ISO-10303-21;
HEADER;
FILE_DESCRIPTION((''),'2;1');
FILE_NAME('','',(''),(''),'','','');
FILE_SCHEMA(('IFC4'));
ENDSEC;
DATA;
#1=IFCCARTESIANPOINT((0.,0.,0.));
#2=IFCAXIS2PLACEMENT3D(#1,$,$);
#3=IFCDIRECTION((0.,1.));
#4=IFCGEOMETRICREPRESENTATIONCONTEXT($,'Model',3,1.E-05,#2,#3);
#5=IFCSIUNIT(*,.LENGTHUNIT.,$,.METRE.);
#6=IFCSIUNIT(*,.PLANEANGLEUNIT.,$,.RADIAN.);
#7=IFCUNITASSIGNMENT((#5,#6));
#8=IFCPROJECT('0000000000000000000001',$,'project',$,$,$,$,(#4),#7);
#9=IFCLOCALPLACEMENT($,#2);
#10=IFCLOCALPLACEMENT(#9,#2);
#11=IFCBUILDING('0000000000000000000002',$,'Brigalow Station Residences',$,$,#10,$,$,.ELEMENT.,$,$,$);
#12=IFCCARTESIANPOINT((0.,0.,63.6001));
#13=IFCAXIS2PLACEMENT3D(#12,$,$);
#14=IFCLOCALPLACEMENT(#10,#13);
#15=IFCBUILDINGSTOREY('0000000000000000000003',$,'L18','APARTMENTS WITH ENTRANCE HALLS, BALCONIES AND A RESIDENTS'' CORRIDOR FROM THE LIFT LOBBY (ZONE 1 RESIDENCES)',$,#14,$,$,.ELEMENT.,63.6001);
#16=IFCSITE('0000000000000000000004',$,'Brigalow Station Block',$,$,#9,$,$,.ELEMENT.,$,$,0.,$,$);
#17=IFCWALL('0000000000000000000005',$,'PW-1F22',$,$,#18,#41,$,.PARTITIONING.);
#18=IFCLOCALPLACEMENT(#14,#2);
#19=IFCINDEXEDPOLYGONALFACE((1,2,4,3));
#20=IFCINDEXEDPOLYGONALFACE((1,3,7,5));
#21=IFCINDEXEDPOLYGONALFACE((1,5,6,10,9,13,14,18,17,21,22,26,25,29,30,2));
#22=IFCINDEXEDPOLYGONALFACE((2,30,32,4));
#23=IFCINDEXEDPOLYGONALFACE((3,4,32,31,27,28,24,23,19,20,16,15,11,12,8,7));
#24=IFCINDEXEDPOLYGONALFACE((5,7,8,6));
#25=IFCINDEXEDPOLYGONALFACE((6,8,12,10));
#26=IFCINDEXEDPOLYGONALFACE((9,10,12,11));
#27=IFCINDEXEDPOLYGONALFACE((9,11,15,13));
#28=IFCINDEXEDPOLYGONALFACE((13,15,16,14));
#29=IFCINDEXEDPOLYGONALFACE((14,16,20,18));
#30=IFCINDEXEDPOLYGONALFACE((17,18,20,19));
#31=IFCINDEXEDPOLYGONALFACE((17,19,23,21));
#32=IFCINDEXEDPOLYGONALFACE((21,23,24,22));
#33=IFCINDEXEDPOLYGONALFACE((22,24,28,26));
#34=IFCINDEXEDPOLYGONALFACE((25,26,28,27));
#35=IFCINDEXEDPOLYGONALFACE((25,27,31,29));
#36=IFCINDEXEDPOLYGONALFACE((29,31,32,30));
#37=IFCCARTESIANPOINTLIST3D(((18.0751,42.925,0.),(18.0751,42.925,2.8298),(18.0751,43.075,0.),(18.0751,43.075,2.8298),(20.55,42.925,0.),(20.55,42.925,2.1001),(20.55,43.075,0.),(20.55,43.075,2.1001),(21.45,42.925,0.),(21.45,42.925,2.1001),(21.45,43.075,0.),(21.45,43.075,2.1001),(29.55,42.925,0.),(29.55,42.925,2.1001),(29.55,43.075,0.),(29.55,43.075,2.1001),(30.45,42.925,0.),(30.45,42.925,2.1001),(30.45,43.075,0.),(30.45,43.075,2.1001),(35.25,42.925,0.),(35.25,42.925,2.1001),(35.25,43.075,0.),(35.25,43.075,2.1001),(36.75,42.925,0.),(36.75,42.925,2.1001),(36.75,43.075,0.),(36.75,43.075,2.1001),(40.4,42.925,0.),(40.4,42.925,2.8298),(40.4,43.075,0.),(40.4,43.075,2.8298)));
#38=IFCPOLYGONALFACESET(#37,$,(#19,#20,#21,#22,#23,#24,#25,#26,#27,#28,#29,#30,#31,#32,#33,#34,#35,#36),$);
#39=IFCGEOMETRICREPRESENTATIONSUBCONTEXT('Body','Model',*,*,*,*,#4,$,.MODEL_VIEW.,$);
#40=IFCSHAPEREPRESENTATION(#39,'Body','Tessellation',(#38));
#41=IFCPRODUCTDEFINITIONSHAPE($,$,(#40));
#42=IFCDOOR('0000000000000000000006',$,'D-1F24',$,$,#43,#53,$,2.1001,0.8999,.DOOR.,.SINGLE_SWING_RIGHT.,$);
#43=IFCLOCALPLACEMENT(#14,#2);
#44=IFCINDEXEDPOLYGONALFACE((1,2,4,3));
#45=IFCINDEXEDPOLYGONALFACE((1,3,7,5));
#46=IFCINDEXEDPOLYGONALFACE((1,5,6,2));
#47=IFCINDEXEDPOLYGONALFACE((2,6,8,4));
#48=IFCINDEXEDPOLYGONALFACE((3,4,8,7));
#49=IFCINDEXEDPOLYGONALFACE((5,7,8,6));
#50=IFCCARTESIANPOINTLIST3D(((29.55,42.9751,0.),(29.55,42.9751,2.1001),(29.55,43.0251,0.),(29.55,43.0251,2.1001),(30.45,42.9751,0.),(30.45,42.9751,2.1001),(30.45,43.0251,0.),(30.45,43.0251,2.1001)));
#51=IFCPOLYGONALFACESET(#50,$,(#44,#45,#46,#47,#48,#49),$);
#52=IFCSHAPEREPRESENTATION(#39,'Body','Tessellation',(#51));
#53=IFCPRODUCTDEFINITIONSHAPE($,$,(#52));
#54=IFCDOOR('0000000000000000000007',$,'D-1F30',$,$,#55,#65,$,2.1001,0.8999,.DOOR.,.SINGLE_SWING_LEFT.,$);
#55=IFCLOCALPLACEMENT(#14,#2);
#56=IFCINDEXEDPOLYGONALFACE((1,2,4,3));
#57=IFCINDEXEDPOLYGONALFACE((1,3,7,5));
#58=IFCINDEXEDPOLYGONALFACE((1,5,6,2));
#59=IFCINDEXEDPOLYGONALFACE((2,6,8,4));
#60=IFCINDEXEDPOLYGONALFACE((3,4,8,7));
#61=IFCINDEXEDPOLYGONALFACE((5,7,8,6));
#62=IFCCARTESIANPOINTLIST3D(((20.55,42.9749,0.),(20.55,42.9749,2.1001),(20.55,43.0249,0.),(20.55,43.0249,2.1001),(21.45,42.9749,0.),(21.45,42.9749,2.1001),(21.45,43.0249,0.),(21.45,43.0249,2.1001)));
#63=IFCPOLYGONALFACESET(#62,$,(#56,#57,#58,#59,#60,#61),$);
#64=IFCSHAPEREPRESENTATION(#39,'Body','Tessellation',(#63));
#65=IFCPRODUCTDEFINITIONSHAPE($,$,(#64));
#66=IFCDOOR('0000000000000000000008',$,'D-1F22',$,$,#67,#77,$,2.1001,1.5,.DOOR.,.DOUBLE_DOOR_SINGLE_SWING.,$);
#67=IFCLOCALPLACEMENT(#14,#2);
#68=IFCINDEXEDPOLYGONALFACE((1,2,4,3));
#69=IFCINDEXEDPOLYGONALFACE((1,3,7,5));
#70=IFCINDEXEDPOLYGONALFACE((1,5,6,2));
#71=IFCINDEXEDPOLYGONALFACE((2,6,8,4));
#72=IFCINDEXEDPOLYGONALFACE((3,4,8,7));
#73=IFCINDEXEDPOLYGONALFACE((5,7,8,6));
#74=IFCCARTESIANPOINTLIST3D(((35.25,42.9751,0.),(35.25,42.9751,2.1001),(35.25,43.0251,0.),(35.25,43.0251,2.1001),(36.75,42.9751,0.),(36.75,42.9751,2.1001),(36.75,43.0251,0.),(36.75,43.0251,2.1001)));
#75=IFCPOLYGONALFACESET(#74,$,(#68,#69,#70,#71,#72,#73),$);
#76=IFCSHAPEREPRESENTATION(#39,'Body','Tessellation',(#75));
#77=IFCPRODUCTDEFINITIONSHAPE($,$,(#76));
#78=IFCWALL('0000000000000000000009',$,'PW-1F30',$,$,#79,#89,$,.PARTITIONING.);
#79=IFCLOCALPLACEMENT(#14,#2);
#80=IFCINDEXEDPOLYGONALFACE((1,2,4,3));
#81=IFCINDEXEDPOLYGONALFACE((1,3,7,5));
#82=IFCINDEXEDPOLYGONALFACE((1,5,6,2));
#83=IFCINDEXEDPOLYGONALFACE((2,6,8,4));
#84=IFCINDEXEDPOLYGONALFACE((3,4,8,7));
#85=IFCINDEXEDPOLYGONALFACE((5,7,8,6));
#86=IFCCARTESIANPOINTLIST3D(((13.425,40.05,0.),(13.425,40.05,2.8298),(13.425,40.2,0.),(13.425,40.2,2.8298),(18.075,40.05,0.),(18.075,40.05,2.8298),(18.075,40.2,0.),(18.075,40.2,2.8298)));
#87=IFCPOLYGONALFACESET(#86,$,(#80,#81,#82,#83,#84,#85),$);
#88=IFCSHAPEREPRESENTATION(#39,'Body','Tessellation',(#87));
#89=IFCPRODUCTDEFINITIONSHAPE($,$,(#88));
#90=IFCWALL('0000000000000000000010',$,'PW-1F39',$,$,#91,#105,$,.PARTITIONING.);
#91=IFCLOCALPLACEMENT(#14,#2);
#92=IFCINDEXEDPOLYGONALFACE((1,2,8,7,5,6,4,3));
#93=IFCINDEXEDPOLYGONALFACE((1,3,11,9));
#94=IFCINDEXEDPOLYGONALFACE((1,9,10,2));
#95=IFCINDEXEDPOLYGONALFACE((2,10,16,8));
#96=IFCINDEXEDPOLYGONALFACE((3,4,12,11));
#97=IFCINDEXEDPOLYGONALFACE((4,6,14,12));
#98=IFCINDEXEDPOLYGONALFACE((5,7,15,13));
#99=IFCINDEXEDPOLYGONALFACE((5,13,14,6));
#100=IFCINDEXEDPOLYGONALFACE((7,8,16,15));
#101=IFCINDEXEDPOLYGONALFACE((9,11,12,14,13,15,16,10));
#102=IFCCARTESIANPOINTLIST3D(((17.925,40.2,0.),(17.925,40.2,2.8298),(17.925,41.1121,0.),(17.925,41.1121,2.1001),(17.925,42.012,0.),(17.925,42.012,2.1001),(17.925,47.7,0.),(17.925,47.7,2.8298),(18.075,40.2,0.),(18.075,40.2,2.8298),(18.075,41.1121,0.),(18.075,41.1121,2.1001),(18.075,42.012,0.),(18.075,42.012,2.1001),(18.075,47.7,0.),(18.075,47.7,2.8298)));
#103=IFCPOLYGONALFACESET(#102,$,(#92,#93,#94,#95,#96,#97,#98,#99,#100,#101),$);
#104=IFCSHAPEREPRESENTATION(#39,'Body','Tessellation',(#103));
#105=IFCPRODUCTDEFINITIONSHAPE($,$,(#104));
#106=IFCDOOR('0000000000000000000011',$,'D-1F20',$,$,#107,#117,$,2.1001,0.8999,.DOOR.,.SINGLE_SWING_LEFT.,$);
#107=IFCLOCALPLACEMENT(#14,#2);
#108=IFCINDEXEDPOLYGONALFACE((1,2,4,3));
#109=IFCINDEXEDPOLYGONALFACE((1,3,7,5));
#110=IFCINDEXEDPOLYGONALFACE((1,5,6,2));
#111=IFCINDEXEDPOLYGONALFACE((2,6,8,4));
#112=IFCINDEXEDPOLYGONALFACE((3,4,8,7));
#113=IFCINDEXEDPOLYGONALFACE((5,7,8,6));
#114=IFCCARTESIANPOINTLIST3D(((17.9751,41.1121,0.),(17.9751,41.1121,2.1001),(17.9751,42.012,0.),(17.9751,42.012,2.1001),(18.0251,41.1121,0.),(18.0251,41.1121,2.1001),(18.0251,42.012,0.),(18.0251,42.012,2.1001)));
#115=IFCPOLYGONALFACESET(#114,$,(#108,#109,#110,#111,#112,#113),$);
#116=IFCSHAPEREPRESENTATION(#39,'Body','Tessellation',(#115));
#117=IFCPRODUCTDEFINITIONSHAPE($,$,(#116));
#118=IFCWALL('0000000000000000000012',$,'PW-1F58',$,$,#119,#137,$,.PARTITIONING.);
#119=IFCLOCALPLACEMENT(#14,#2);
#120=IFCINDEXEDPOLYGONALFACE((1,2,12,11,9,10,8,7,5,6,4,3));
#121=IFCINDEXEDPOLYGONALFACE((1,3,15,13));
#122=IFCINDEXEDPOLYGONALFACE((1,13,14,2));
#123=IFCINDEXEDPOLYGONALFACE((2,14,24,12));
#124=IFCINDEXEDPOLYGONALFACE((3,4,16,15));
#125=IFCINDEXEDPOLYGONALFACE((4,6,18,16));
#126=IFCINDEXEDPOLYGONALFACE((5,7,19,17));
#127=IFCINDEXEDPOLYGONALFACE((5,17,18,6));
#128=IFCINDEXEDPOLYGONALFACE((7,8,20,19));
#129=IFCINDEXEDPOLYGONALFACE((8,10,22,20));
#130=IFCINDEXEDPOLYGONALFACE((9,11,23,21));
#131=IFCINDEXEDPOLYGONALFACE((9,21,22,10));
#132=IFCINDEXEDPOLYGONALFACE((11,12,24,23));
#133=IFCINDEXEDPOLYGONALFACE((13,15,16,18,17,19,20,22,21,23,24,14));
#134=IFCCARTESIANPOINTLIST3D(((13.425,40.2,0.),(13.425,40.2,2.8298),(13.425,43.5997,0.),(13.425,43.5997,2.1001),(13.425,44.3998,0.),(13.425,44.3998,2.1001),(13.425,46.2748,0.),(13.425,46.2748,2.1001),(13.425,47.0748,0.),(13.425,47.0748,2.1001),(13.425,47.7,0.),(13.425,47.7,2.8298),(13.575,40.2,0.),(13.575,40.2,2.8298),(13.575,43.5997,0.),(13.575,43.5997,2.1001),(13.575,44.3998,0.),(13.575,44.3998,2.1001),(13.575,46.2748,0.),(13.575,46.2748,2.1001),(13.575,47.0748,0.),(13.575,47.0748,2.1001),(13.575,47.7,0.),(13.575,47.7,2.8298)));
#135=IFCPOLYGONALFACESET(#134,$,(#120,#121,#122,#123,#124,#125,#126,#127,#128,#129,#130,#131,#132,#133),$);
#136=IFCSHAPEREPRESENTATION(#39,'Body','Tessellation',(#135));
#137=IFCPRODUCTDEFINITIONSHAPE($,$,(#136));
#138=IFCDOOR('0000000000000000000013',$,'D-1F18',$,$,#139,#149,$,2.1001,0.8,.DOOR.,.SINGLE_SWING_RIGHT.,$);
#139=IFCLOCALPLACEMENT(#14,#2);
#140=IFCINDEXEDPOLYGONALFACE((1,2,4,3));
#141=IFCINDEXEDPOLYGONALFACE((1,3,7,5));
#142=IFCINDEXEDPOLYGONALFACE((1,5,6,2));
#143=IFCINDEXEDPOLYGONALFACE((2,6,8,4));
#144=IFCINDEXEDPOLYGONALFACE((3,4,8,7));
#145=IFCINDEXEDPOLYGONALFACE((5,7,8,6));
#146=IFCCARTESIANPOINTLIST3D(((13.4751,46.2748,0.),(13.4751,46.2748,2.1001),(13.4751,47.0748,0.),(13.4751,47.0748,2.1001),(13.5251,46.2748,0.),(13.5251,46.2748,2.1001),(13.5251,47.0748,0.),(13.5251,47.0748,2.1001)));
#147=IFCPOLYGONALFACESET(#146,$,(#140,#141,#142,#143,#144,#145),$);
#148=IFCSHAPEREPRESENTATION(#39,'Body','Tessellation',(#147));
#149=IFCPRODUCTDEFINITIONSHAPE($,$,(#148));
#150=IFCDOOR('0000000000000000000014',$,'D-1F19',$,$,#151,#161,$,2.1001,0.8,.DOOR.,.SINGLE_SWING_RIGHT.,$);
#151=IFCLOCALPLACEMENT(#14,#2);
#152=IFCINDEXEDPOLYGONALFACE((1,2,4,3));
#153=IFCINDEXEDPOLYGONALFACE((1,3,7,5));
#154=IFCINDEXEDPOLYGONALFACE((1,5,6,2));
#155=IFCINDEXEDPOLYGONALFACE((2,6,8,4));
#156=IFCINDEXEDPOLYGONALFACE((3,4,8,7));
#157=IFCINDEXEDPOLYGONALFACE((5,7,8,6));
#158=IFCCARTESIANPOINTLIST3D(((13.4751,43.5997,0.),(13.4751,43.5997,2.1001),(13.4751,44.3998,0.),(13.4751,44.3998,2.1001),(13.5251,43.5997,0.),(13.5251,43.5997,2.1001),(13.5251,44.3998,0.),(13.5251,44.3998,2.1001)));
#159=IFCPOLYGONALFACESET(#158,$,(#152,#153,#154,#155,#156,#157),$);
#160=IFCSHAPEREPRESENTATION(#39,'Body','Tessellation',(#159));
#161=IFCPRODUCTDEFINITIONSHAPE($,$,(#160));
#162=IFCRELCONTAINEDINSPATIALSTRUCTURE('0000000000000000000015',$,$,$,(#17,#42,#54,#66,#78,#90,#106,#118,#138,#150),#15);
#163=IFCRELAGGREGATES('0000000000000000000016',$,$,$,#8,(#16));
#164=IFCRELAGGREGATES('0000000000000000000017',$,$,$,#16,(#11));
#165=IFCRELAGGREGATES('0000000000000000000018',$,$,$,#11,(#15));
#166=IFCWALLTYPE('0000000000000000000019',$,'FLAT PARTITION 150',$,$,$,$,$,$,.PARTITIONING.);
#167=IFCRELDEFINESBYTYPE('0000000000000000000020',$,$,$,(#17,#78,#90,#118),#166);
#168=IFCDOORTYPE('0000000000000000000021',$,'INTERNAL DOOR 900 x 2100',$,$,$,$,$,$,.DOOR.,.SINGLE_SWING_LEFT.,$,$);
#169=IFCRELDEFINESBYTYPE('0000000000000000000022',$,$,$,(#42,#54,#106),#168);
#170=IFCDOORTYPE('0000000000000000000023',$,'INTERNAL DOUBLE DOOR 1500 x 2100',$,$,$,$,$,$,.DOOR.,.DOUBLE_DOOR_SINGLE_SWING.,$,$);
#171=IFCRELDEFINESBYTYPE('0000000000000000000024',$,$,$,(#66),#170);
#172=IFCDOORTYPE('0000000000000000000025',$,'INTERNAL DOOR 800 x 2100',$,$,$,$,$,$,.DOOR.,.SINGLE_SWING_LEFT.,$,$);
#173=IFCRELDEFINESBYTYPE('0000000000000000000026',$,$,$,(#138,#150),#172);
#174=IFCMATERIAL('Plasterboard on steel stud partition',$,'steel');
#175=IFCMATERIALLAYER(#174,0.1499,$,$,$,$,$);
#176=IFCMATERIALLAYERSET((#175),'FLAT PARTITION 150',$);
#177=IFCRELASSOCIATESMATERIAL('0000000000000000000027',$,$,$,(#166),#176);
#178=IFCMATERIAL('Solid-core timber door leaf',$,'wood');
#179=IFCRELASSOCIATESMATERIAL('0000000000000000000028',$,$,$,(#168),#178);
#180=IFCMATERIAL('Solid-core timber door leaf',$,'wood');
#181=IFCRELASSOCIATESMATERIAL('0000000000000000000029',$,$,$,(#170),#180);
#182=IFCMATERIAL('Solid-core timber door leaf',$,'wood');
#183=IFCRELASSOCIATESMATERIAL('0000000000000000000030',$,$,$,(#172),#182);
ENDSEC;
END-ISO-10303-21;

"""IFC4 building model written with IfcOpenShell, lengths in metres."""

from ifc_helpers import new_model, si_unit, direction, frame, frame_2d, origin, place, context, subcontext, project, spatial, rectangle, extrude, material, layer, layer_set, type_object, element, fill, save


model = new_model("IFC4")

# Units and contexts
model_context = context("Model", 3, precision=1e-05, world=origin(), true_north=direction((0.0, 1.0)))
body_context = subcontext(model_context, "Body", "Model", "MODEL_VIEW")
ifc_project = project(units=[si_unit("LENGTHUNIT", "METRE"), si_unit("PLANEANGLEUNIT", "RADIAN")], contexts=[model_context])

# Site, building, storey
site_placement = place(None, origin())
site = spatial("IfcSite", under=ifc_project, at=site_placement, Name="Brigalow Station Block", CompositionType="ELEMENT", RefElevation=0.0)
building_placement = place(site_placement, origin())
building = spatial("IfcBuilding", under=site, at=building_placement, Name="Brigalow Station Residences", CompositionType="ELEMENT")
storey_placement = place(building_placement, frame((0.0, 0.0, 63.6001)))
storey = spatial("IfcBuildingStorey", under=building, at=storey_placement, Name="L18", Description="APARTMENTS WITH ENTRANCE HALLS, BALCONIES AND A RESIDENTS' CORRIDOR FROM THE LIFT LOBBY (ZONE 1 RESIDENCES)", CompositionType="ELEMENT", Elevation=63.6001)

# Wall, openings, doors
ifc_material_1 = material(Name="Plasterboard on steel stud partition", Category="steel")
ifc_layer_1 = layer(ifc_material_1, 0.1499)
ifc_layer_set_1 = layer_set([ifc_layer_1], Name="FLAT PARTITION 150")
wall_type_1 = type_object("IfcWallType", Name="FLAT PARTITION 150", PredefinedType="PARTITIONING", material=ifc_layer_set_1)
wall_1_placement = place(storey_placement, frame((18.075, 43.0, 0.0), z_axis=(0.0, 0.0, 1.0), x_axis=(1.0, 0.0, 0.0)))
wall_1 = element("IfcWall", 1, at=wall_1_placement, inside=storey, type_object=wall_type_1, Name="PW-1F22", PredefinedType="PARTITIONING", context=body_context, shape_type="SweptSolid", body=[
    extrude(rectangle(XDim=22.325, YDim=0.1499, at=frame_2d((11.1626, 0.0))), origin(), (0.0, 0.0, 1.0), 2.8298),
])
opening_1_placement = place(wall_1_placement, frame((17.175, 0.0, 0.0)))
opening_1 = element("IfcOpeningElement", 2, at=opening_1_placement, cuts=wall_1, PredefinedType="OPENING", context=body_context, shape_type="SweptSolid", body=[
    extrude(rectangle(XDim=1.5, YDim=2.1001, at=frame_2d((0.75, 1.05))), frame((0.0, 0.085, 0.0), z_axis=(0.0, -1.0, 0.0), x_axis=(1.0, 0.0, 0.0)), (0.0, 0.0, 1.0), 0.1699),
])
opening_2_placement = place(wall_1_placement, frame((11.4751, 0.0, 0.0)))
opening_2 = element("IfcOpeningElement", 3, at=opening_2_placement, cuts=wall_1, PredefinedType="OPENING", context=body_context, shape_type="SweptSolid", body=[
    extrude(rectangle(XDim=0.8999, YDim=2.1001, at=frame_2d((0.45, 1.05))), frame((0.0, 0.085, 0.0), z_axis=(0.0, -1.0, 0.0), x_axis=(1.0, 0.0, 0.0)), (0.0, 0.0, 1.0), 0.1699),
])
opening_3_placement = place(wall_1_placement, frame((2.4751, 0.0, 0.0)))
opening_3 = element("IfcOpeningElement", 4, at=opening_3_placement, cuts=wall_1, PredefinedType="OPENING", context=body_context, shape_type="SweptSolid", body=[
    extrude(rectangle(XDim=0.8999, YDim=2.1001, at=frame_2d((0.45, 1.05))), frame((0.0, 0.085, 0.0), z_axis=(0.0, -1.0, 0.0), x_axis=(1.0, 0.0, 0.0)), (0.0, 0.0, 1.0), 0.1699),
])
ifc_material_2 = material(Name="Solid-core timber door leaf", Category="wood")
door_type_1 = type_object("IfcDoorType", Name="INTERNAL DOOR 900 x 2100", OperationType="SINGLE_SWING_LEFT", PredefinedType="DOOR", material=ifc_material_2)
door_1_placement = place(opening_2_placement, frame((0.8999, 0.0, 0.0), z_axis=(0.0, 0.0, 1.0), x_axis=(-1.0, 0.0, 0.0)))
door_1 = element("IfcDoor", 5, at=door_1_placement, inside=storey, type_object=door_type_1, Name="D-1F24", OperationType="SINGLE_SWING_RIGHT", OverallHeight=2.1001, OverallWidth=0.8999, PredefinedType="DOOR", context=body_context, shape_type="SweptSolid", body=[
    extrude(rectangle(XDim=0.8999, YDim=2.1001, at=frame_2d((0.45, 1.05))), frame((0.0, 0.0249, 0.0), z_axis=(0.0, -1.0, 0.0), x_axis=(1.0, 0.0, 0.0)), (0.0, 0.0, 1.0), 0.05),
])
fill(opening_2, door_1)
door_2_placement = place(opening_3_placement, origin())
door_2 = element("IfcDoor", 6, at=door_2_placement, inside=storey, type_object=door_type_1, Name="D-1F30", OperationType="SINGLE_SWING_LEFT", OverallHeight=2.1001, OverallWidth=0.8999, PredefinedType="DOOR", context=body_context, shape_type="SweptSolid", body=[
    extrude(rectangle(XDim=0.8999, YDim=2.1001, at=frame_2d((0.45, 1.05))), frame((0.0, 0.0249, 0.0), z_axis=(0.0, -1.0, 0.0), x_axis=(1.0, 0.0, 0.0)), (0.0, 0.0, 1.0), 0.05),
])
fill(opening_3, door_2)
ifc_material_3 = material(Name="Solid-core timber door leaf", Category="wood")
door_type_2 = type_object("IfcDoorType", Name="INTERNAL DOUBLE DOOR 1500 x 2100", OperationType="DOUBLE_DOOR_SINGLE_SWING", PredefinedType="DOOR", material=ifc_material_3)
door_3_placement = place(opening_1_placement, frame((1.5, 0.0, 0.0), z_axis=(0.0, 0.0, 1.0), x_axis=(-1.0, 0.0, 0.0)))
door_3 = element("IfcDoor", 7, at=door_3_placement, inside=storey, type_object=door_type_2, Name="D-1F22", OperationType="DOUBLE_DOOR_SINGLE_SWING", OverallHeight=2.1001, OverallWidth=1.5, PredefinedType="DOOR", context=body_context, shape_type="SweptSolid", body=[
    extrude(rectangle(XDim=1.5, YDim=2.1001, at=frame_2d((0.75, 1.05))), frame((0.0, 0.0249, 0.0), z_axis=(0.0, -1.0, 0.0), x_axis=(1.0, 0.0, 0.0)), (0.0, 0.0, 1.0), 0.05),
])
fill(opening_1, door_3)

# Wall
wall_2_placement = place(storey_placement, frame((13.425, 40.125, 0.0), z_axis=(0.0, 0.0, 1.0), x_axis=(1.0, 0.0, 0.0)))
element("IfcWall", 8, at=wall_2_placement, inside=storey, type_object=wall_type_1, Name="PW-1F30", PredefinedType="PARTITIONING", context=body_context, shape_type="SweptSolid", body=[
    extrude(rectangle(XDim=4.6499, YDim=0.1499, at=frame_2d((2.325, 0.0))), origin(), (0.0, 0.0, 1.0), 2.8298),
])

# Wall, opening, door
wall_3_placement = place(storey_placement, frame((18.0, 40.2, 0.0), z_axis=(0.0, 0.0, 1.0), x_axis=(0.0, 1.0, 0.0)))
wall_3 = element("IfcWall", 9, at=wall_3_placement, inside=storey, type_object=wall_type_1, Name="PW-1F39", PredefinedType="PARTITIONING", context=body_context, shape_type="SweptSolid", body=[
    extrude(rectangle(XDim=7.5, YDim=0.1499, at=frame_2d((3.75, 0.0))), origin(), (0.0, 0.0, 1.0), 2.8298),
])
opening_4_placement = place(wall_3_placement, frame((0.9121, 0.0, 0.0)))
opening_4 = element("IfcOpeningElement", 10, at=opening_4_placement, cuts=wall_3, PredefinedType="OPENING", context=body_context, shape_type="SweptSolid", body=[
    extrude(rectangle(XDim=0.8999, YDim=2.1001, at=frame_2d((0.45, 1.05))), frame((0.0, 0.085, 0.0), z_axis=(0.0, -1.0, 0.0), x_axis=(1.0, 0.0, 0.0)), (0.0, 0.0, 1.0), 0.1699),
])
door_4_placement = place(opening_4_placement, origin())
door_4 = element("IfcDoor", 11, at=door_4_placement, inside=storey, type_object=door_type_1, Name="D-1F20", OperationType="SINGLE_SWING_LEFT", OverallHeight=2.1001, OverallWidth=0.8999, PredefinedType="DOOR", context=body_context, shape_type="SweptSolid", body=[
    extrude(rectangle(XDim=0.8999, YDim=2.1001, at=frame_2d((0.45, 1.05))), frame((0.0, 0.0249, 0.0), z_axis=(0.0, -1.0, 0.0), x_axis=(1.0, 0.0, 0.0)), (0.0, 0.0, 1.0), 0.05),
])
fill(opening_4, door_4)

# Wall, openings, doors
wall_4_placement = place(storey_placement, frame((13.5, 40.2, 0.0), z_axis=(0.0, 0.0, 1.0), x_axis=(0.0, 1.0, 0.0)))
wall_4 = element("IfcWall", 12, at=wall_4_placement, inside=storey, type_object=wall_type_1, Name="PW-1F58", PredefinedType="PARTITIONING", context=body_context, shape_type="SweptSolid", body=[
    extrude(rectangle(XDim=7.5, YDim=0.1499, at=frame_2d((3.75, 0.0))), origin(), (0.0, 0.0, 1.0), 2.8298),
])
opening_5_placement = place(wall_4_placement, frame((6.075, 0.0, 0.0)))
opening_5 = element("IfcOpeningElement", 13, at=opening_5_placement, cuts=wall_4, PredefinedType="OPENING", context=body_context, shape_type="SweptSolid", body=[
    extrude(rectangle(XDim=0.8, YDim=2.1001, at=frame_2d((0.3999, 1.05))), frame((0.0, 0.085, 0.0), z_axis=(0.0, -1.0, 0.0), x_axis=(1.0, 0.0, 0.0)), (0.0, 0.0, 1.0), 0.1699),
])
opening_6_placement = place(wall_4_placement, frame((3.3999, 0.0, 0.0)))
opening_6 = element("IfcOpeningElement", 14, at=opening_6_placement, cuts=wall_4, PredefinedType="OPENING", context=body_context, shape_type="SweptSolid", body=[
    extrude(rectangle(XDim=0.8, YDim=2.1001, at=frame_2d((0.3999, 1.05))), frame((0.0, 0.085, 0.0), z_axis=(0.0, -1.0, 0.0), x_axis=(1.0, 0.0, 0.0)), (0.0, 0.0, 1.0), 0.1699),
])
ifc_material_4 = material(Name="Solid-core timber door leaf", Category="wood")
door_type_3 = type_object("IfcDoorType", Name="INTERNAL DOOR 800 x 2100", OperationType="SINGLE_SWING_LEFT", PredefinedType="DOOR", material=ifc_material_4)
door_5_placement = place(opening_5_placement, origin())
door_5 = element("IfcDoor", 15, at=door_5_placement, inside=storey, type_object=door_type_3, Name="D-1F18", OperationType="SINGLE_SWING_RIGHT", OverallHeight=2.1001, OverallWidth=0.8, PredefinedType="DOOR", context=body_context, shape_type="SweptSolid", body=[
    extrude(rectangle(XDim=0.8, YDim=2.1001, at=frame_2d((0.3999, 1.05))), frame((0.0, 0.0249, 0.0), z_axis=(0.0, -1.0, 0.0), x_axis=(1.0, 0.0, 0.0)), (0.0, 0.0, 1.0), 0.05),
])
fill(opening_5, door_5)
door_6_placement = place(opening_6_placement, origin())
door_6 = element("IfcDoor", 16, at=door_6_placement, inside=storey, type_object=door_type_3, Name="D-1F19", OperationType="SINGLE_SWING_RIGHT", OverallHeight=2.1001, OverallWidth=0.8, PredefinedType="DOOR", context=body_context, shape_type="SweptSolid", body=[
    extrude(rectangle(XDim=0.8, YDim=2.1001, at=frame_2d((0.3999, 1.05))), frame((0.0, 0.0249, 0.0), z_axis=(0.0, -1.0, 0.0), x_axis=(1.0, 0.0, 0.0)), (0.0, 0.0, 1.0), 0.05),
])
fill(opening_6, door_6)

save(model, "model.ifc")
